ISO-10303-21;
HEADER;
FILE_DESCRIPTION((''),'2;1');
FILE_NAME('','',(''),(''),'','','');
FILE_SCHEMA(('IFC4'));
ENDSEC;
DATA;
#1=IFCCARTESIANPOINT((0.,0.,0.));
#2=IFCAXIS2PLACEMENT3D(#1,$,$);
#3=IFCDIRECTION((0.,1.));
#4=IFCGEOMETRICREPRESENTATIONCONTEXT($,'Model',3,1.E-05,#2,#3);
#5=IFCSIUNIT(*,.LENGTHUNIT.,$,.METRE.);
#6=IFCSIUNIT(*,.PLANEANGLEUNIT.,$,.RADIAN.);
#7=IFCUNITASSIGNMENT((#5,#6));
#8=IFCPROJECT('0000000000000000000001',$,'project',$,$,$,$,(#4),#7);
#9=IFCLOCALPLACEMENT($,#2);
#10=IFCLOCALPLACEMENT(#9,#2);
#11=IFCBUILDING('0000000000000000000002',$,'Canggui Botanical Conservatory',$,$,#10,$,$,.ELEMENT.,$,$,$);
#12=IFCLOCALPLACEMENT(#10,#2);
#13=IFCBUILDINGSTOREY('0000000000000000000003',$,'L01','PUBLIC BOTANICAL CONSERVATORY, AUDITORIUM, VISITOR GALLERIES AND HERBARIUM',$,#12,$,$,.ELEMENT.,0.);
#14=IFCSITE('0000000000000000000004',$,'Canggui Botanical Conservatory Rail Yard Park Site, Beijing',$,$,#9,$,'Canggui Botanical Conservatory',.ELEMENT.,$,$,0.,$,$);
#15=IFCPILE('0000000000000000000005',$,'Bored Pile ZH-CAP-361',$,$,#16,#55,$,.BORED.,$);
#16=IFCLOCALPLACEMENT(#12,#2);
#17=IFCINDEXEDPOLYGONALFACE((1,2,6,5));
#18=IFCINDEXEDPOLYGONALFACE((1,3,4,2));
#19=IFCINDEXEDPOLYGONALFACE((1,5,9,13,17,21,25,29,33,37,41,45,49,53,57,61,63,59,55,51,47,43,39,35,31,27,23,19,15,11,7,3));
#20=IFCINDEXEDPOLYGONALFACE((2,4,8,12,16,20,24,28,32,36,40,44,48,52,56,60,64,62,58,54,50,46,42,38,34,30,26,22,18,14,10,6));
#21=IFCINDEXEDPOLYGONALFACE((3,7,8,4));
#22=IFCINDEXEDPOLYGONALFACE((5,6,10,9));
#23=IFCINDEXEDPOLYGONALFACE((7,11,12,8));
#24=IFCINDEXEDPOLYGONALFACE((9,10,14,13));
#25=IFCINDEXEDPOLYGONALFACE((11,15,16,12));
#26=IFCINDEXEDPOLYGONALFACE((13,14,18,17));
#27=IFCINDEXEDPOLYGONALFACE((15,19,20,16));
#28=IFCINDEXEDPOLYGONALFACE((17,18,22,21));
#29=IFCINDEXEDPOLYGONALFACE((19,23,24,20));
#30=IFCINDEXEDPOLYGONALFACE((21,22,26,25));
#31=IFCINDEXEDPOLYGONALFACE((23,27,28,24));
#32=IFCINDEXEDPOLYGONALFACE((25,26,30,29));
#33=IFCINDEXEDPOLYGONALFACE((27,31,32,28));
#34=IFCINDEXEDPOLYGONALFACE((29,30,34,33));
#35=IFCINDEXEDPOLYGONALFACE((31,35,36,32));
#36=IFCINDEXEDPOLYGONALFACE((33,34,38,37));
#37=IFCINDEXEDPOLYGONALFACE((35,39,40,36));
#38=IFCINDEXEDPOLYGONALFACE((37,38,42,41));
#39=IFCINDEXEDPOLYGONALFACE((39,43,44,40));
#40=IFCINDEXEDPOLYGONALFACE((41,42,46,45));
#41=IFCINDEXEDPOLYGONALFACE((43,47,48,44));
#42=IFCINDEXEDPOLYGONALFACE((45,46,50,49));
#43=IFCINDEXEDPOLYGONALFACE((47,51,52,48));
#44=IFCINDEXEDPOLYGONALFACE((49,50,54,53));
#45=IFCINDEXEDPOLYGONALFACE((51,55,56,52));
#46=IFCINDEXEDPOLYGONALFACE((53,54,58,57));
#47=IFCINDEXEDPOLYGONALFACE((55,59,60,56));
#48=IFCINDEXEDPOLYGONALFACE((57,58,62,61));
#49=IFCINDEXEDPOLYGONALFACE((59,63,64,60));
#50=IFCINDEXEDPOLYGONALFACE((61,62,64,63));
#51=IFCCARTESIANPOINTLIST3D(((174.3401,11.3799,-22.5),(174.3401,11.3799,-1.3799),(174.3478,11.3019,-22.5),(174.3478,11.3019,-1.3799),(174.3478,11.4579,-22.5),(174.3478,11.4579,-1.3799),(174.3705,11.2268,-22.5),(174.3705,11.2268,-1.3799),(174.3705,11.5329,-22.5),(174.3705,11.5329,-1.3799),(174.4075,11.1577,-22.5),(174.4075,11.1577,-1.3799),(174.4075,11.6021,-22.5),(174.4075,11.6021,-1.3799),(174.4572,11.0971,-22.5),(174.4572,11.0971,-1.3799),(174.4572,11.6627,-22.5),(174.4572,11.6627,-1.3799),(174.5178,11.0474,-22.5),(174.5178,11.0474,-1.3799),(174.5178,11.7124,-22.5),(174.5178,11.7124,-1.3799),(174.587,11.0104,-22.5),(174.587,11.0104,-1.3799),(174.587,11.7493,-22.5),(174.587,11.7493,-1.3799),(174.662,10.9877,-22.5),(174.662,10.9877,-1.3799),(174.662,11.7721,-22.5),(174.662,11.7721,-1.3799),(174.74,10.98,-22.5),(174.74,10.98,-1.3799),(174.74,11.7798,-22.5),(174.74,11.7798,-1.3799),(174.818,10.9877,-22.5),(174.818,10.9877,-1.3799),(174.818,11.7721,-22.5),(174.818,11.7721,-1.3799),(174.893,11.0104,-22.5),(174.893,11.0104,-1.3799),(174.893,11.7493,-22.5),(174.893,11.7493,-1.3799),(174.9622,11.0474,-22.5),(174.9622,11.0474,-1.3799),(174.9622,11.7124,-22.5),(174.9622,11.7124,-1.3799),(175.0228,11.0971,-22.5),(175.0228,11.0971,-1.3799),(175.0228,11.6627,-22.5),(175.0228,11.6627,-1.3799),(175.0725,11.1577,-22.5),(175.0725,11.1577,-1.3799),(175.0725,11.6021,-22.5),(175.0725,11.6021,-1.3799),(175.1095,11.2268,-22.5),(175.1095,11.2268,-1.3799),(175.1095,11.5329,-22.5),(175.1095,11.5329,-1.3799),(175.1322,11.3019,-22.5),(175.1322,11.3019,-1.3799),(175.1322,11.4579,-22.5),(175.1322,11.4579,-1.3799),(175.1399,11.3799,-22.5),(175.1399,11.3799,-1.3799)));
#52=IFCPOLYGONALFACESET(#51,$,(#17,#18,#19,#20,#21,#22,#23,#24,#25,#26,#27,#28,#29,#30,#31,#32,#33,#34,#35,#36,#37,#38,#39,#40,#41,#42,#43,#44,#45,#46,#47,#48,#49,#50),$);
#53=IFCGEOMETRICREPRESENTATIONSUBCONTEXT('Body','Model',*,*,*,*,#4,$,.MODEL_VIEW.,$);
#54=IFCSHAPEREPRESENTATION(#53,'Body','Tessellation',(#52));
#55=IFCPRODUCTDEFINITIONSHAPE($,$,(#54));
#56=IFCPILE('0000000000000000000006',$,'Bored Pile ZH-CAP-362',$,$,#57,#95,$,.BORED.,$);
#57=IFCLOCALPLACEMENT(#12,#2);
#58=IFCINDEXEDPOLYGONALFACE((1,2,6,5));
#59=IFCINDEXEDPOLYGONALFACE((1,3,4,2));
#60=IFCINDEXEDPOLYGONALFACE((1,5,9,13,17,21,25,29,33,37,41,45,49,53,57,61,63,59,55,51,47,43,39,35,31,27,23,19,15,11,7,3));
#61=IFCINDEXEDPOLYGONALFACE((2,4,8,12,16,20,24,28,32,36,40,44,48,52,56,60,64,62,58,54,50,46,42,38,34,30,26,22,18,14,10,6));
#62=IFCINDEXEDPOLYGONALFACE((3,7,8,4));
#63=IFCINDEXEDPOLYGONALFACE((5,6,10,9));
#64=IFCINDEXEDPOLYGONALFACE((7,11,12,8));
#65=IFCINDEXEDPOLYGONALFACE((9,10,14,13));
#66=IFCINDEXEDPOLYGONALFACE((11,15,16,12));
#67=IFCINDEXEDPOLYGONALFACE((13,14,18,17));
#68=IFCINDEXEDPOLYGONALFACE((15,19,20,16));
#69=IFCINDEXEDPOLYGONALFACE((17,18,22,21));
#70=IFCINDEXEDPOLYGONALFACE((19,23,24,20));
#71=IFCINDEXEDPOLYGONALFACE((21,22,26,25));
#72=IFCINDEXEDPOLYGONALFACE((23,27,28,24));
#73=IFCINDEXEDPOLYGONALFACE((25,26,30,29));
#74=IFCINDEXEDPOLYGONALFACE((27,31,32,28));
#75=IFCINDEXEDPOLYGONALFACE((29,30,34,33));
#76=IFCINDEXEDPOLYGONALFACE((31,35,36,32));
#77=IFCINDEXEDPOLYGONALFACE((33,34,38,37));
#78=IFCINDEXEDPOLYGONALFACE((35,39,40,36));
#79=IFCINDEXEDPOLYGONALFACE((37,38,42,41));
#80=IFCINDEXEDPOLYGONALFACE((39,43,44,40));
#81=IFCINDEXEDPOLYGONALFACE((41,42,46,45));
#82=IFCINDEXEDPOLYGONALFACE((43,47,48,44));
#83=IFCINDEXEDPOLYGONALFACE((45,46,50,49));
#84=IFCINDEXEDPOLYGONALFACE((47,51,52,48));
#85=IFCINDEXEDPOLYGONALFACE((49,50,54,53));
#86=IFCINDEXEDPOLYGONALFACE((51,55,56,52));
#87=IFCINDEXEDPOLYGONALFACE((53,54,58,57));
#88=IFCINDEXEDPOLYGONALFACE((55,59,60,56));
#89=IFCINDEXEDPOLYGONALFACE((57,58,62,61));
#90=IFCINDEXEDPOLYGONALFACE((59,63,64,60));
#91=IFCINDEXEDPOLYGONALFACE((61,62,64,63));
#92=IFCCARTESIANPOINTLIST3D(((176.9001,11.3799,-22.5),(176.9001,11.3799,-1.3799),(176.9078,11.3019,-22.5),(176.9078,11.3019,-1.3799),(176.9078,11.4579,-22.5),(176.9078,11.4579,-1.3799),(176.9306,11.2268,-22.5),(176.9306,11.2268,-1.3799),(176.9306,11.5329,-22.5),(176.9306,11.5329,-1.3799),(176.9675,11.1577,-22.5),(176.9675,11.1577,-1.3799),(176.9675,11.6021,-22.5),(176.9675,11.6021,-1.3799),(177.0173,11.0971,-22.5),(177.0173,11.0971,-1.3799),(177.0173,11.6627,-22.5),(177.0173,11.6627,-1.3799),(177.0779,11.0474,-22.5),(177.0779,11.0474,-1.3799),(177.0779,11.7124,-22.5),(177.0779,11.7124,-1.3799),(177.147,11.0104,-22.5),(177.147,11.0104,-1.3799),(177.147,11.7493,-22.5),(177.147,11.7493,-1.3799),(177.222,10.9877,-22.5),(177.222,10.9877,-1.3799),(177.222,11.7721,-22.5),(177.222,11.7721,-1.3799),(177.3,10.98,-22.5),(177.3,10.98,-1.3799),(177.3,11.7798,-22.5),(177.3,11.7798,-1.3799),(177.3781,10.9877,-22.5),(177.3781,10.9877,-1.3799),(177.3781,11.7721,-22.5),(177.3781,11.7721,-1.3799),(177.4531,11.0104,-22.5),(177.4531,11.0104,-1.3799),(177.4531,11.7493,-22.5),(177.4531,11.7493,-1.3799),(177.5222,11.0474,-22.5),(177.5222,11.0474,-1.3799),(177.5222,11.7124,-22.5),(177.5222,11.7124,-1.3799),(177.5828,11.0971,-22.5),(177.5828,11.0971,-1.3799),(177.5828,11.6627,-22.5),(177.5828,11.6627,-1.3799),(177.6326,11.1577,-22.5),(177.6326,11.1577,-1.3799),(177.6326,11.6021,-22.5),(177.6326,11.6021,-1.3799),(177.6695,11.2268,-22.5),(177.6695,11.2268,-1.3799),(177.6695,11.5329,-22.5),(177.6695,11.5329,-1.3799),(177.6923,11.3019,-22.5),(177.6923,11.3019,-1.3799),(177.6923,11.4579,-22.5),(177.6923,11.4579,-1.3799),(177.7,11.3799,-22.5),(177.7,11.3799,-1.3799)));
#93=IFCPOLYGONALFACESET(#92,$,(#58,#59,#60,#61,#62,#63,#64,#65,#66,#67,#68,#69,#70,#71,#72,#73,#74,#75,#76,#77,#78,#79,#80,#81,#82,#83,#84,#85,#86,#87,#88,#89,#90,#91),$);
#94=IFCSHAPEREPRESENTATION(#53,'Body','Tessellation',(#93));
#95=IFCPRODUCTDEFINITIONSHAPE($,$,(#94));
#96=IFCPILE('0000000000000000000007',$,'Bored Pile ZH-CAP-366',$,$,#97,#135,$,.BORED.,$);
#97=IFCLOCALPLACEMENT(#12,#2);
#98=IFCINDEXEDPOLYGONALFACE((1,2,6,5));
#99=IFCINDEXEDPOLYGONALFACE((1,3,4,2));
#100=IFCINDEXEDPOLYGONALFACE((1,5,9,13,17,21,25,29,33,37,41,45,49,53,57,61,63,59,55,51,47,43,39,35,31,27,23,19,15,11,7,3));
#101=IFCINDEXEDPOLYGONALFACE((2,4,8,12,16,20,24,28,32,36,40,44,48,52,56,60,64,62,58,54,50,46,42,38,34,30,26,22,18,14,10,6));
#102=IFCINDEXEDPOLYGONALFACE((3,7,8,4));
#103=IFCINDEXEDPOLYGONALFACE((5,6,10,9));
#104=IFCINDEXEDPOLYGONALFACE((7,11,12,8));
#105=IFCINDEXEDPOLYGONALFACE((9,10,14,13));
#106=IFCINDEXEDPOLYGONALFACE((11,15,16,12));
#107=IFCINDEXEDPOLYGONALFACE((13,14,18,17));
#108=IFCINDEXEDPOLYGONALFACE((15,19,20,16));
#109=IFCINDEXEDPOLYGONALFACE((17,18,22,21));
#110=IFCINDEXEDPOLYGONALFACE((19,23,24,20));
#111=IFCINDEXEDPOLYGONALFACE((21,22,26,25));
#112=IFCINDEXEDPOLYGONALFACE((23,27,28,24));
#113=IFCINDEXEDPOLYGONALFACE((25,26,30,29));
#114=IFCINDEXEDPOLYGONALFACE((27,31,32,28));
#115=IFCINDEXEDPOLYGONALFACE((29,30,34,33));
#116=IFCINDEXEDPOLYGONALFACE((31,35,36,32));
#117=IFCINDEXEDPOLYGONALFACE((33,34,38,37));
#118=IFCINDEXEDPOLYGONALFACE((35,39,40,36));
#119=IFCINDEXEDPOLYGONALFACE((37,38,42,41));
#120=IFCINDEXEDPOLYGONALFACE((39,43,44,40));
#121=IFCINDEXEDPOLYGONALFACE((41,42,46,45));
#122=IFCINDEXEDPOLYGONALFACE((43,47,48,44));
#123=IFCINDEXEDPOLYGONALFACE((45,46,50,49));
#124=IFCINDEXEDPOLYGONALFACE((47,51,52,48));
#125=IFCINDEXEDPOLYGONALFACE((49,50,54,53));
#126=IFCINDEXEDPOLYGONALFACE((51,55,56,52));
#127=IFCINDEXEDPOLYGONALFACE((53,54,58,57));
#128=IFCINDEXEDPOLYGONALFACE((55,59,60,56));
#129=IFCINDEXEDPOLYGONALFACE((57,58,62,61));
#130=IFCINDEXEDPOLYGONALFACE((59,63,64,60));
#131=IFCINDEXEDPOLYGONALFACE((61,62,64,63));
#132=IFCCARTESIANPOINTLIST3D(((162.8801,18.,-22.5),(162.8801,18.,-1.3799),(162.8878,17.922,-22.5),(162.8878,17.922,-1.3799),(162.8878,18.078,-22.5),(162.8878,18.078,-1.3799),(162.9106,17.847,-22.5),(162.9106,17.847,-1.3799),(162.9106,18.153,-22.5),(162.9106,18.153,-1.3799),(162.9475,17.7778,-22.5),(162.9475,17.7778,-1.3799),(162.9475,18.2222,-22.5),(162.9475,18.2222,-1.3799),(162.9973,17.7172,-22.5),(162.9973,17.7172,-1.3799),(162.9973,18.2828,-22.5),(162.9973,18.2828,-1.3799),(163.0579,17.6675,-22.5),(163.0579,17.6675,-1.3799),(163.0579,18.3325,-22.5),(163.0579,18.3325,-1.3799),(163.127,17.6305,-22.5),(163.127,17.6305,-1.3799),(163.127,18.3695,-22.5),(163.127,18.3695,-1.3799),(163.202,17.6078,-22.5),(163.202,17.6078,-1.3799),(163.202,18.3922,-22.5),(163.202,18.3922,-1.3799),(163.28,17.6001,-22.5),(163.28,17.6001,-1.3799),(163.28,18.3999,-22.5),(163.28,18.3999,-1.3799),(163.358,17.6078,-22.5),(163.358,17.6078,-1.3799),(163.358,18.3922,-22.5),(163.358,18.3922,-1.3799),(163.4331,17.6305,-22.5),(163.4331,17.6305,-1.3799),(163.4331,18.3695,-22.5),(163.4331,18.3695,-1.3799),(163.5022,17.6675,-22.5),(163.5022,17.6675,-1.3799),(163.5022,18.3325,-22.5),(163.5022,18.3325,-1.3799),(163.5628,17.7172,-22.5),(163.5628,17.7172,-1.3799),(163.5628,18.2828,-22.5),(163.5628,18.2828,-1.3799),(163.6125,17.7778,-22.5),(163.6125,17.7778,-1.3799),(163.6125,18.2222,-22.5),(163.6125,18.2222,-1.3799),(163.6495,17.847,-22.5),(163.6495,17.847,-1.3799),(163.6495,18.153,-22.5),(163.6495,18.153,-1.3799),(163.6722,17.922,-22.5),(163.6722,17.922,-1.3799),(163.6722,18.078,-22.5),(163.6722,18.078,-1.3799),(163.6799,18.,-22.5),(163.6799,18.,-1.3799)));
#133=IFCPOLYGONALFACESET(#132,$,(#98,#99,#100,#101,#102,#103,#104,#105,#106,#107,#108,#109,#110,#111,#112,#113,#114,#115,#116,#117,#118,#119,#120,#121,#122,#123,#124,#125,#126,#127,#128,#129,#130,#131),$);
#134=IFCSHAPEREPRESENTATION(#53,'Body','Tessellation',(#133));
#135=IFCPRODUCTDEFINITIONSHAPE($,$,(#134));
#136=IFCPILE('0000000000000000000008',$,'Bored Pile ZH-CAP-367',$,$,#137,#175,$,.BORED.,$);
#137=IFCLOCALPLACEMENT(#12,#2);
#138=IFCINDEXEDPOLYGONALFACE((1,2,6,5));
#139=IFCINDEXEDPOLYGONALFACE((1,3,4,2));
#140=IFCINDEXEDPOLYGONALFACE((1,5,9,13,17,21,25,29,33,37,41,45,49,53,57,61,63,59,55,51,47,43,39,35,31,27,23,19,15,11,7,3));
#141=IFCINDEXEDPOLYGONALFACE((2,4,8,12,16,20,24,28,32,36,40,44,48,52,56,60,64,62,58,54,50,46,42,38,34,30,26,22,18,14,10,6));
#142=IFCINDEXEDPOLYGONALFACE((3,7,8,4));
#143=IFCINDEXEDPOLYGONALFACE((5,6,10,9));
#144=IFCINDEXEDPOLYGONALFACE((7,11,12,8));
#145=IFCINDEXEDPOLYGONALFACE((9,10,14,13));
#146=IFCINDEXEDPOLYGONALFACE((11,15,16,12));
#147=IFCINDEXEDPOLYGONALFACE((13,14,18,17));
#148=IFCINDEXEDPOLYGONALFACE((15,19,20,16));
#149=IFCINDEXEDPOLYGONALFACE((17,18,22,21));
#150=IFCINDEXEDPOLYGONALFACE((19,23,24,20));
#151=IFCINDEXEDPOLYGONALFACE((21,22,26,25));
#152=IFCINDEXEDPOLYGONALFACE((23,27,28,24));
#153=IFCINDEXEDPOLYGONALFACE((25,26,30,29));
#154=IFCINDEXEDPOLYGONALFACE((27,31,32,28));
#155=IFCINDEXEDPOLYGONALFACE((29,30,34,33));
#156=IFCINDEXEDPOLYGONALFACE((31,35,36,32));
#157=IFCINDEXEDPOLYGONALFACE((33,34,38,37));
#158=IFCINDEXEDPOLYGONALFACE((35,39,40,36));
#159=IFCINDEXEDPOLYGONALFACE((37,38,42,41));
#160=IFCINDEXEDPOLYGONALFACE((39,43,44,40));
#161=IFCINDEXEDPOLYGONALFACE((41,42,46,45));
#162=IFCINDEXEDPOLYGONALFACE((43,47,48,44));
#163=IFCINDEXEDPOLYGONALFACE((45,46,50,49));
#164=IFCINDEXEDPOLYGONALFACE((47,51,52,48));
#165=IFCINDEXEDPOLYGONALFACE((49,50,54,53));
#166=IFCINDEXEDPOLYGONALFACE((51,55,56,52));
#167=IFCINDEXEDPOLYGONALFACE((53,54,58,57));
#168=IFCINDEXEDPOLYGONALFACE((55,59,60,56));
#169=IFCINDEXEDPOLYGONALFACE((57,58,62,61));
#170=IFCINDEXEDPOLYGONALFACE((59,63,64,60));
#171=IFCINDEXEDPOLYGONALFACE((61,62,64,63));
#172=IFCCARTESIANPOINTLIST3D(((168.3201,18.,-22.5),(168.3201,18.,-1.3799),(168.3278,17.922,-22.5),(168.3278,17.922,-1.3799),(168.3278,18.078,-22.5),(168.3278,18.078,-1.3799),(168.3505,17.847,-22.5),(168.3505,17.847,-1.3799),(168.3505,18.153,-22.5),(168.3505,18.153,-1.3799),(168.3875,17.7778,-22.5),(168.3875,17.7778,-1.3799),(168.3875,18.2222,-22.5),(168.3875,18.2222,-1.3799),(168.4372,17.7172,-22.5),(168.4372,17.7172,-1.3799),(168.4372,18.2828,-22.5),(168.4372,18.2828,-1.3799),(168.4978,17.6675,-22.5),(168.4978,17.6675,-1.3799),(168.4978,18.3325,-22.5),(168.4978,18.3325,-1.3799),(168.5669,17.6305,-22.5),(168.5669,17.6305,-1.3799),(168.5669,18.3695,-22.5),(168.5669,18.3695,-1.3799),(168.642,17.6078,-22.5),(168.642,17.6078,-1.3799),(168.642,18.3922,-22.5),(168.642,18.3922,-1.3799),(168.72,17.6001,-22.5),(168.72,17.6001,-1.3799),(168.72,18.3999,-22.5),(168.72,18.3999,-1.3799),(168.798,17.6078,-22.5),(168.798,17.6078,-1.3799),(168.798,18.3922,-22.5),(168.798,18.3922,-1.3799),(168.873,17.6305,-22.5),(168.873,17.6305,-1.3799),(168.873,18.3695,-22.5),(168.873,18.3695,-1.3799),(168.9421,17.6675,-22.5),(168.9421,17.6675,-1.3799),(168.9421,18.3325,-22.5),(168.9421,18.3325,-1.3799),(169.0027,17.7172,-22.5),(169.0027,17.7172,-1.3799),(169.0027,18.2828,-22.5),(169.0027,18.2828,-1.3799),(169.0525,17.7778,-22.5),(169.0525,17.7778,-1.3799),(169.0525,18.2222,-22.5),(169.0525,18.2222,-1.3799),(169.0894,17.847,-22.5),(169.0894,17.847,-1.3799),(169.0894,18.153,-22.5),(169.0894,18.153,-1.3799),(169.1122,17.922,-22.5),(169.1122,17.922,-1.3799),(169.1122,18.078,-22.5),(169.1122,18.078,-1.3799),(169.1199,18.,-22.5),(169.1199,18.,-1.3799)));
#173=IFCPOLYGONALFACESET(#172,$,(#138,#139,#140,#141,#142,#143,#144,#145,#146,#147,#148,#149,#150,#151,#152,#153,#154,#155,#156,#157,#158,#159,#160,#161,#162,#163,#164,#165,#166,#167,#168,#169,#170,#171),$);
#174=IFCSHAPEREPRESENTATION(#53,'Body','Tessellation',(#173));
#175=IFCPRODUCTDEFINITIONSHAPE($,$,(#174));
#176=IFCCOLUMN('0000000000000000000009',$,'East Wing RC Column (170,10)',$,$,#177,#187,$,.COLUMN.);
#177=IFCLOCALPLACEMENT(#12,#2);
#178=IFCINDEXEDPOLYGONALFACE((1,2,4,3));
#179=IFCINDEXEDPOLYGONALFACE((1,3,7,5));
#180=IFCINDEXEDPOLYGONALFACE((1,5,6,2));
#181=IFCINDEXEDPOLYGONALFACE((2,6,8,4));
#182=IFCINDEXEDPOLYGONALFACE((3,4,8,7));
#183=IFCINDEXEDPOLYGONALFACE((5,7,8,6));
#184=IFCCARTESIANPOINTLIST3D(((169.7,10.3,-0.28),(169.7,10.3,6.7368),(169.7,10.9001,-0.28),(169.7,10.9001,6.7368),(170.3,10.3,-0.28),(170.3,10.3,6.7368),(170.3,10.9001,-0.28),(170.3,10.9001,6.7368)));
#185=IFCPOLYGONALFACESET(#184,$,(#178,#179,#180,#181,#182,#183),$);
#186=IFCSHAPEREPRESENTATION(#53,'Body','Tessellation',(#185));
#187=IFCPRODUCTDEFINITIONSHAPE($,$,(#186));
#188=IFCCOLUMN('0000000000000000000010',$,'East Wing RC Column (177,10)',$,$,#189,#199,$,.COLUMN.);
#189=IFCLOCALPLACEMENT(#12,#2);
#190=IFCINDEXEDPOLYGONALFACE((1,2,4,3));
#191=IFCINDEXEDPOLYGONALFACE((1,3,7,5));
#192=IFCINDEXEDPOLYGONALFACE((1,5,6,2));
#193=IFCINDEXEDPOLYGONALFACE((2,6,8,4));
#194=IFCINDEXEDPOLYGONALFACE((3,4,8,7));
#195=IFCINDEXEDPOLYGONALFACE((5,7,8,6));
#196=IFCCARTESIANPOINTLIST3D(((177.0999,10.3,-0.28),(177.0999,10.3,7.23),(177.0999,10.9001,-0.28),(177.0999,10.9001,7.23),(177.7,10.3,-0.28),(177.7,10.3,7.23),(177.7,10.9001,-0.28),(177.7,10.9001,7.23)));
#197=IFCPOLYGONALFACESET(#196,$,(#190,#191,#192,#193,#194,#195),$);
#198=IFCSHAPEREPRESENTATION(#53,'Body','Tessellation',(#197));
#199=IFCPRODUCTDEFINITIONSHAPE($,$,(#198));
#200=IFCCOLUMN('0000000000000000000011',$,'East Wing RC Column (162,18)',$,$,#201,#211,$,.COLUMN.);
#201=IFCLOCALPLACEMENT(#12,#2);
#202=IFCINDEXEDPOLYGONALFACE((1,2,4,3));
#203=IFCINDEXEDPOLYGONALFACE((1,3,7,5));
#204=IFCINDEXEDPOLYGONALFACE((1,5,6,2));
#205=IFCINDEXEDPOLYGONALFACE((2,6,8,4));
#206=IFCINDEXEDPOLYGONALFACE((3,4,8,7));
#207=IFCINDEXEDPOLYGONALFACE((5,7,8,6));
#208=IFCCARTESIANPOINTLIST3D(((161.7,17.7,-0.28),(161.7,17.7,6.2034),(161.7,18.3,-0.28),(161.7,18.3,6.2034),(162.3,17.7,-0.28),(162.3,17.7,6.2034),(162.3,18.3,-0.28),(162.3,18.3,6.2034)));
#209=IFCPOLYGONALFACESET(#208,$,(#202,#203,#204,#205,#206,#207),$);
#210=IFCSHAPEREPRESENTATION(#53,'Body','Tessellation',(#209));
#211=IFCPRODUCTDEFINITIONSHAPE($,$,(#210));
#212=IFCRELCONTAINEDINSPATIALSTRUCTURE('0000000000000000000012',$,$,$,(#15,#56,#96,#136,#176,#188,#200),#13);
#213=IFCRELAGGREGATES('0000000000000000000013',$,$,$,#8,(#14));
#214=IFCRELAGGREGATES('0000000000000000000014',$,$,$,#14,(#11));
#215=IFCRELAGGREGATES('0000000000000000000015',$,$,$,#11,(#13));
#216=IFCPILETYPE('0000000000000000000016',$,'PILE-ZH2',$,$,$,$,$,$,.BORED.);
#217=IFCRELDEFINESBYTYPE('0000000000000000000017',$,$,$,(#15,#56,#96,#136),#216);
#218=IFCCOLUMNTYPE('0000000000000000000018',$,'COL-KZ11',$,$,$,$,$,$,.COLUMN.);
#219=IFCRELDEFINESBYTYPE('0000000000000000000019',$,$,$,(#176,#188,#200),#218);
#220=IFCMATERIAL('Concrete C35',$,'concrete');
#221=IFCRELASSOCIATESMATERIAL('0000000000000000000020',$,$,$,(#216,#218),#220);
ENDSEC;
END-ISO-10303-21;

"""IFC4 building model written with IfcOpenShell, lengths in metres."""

from ifc_helpers import new_model, si_unit, direction, frame, origin, origin_2d, place, context, subcontext, project, spatial, rectangle, circle, extrude, material, material_profile, profile_set, type_object, element, save


model = new_model("IFC4")

# Units and contexts
model_context = context("Model", 3, precision=1e-05, world=origin(), true_north=direction((0.0, 1.0)))
body_context = subcontext(model_context, "Body", "Model", "MODEL_VIEW")
ifc_project = project(units=[si_unit("LENGTHUNIT", "METRE"), si_unit("PLANEANGLEUNIT", "RADIAN")], contexts=[model_context])

# Site, building, storey
site_placement = place(None, origin())
site = spatial("IfcSite", under=ifc_project, at=site_placement, Name="Canggui Botanical Conservatory Rail Yard Park Site, Beijing", LongName="Canggui Botanical Conservatory", CompositionType="ELEMENT", RefElevation=0.0)
building_placement = place(site_placement, origin())
building = spatial("IfcBuilding", under=site, at=building_placement, Name="Canggui Botanical Conservatory", CompositionType="ELEMENT")
storey_placement = place(building_placement, origin())
storey = spatial("IfcBuildingStorey", under=building, at=storey_placement, Name="L01", Description="PUBLIC BOTANICAL CONSERVATORY, AUDITORIUM, VISITOR GALLERIES AND HERBARIUM", CompositionType="ELEMENT", Elevation=0.0)

# Shared definitions
ifc_material_1 = material(Name="Concrete C35", Category="concrete")

# Piles
ifc_material_profile_1 = material_profile(ifc_material_1, circle(Radius=0.3999, at=origin_2d()), Name="PILE D800")
ifc_profile_set_1 = profile_set([ifc_material_profile_1], Name="Concrete C35")
pile_type = type_object("IfcPileType", Name="PILE-ZH2", PredefinedType="BORED", material=ifc_profile_set_1)
for number, where, z_axis, x_axis, name in (
    (1, (174.74, 11.3799, -1.3799), (0.0, 0.0, -1.0), (1.0, 0.0, 0.0), "Bored Pile ZH-CAP-361"),
    (2, (177.3, 11.3799, -1.3799), (0.0, 0.0, -1.0), (1.0, 0.0, 0.0), "Bored Pile ZH-CAP-362"),
    (3, (163.28, 18.0, -1.3799), (0.0, 0.0, -1.0), (1.0, 0.0, 0.0), "Bored Pile ZH-CAP-366"),
    (4, (168.72, 18.0, -1.3799), (0.0, 0.0, -1.0), (1.0, 0.0, 0.0), "Bored Pile ZH-CAP-367"),
):
    element("IfcPile", number, at=place(storey_placement, frame(where, z_axis=z_axis, x_axis=x_axis)), inside=storey, type_object=pile_type, Name=name, PredefinedType="BORED", context=body_context, shape_type="SweptSolid", body=[
        extrude(circle(Radius=0.3999, at=origin_2d()), origin(), (0.0, 0.0, 1.0), 21.1201),
    ])

# Columns
ifc_material_profile_2 = material_profile(ifc_material_1, rectangle(XDim=0.6001, YDim=0.6001, at=origin_2d()), Name="RC 600x600")
ifc_profile_set_2 = profile_set([ifc_material_profile_2], Name="Concrete C35")
column_type = type_object("IfcColumnType", Name="COL-KZ11", PredefinedType="COLUMN", material=ifc_profile_set_2)
column_1_placement = place(storey_placement, frame((170.0, 10.6001, -0.28), z_axis=(0.0, 0.0, 1.0), x_axis=(1.0, 0.0, 0.0)))
element("IfcColumn", 5, at=column_1_placement, inside=storey, type_object=column_type, Name="East Wing RC Column (170,10)", PredefinedType="COLUMN", context=body_context, shape_type="SweptSolid", body=[
    extrude(rectangle(XDim=0.6001, YDim=0.6001, at=origin_2d()), origin(), (0.0, 0.0, 1.0), 7.0168),
])
column_2_placement = place(storey_placement, frame((177.3999, 10.6001, -0.28), z_axis=(0.0, 0.0, 1.0), x_axis=(1.0, 0.0, 0.0)))
element("IfcColumn", 6, at=column_2_placement, inside=storey, type_object=column_type, Name="East Wing RC Column (177,10)", PredefinedType="COLUMN", context=body_context, shape_type="SweptSolid", body=[
    extrude(rectangle(XDim=0.6001, YDim=0.6001, at=origin_2d()), origin(), (0.0, 0.0, 1.0), 7.51),
])
column_3_placement = place(storey_placement, frame((162.0, 18.0, -0.28), z_axis=(0.0, 0.0, 1.0), x_axis=(1.0, 0.0, 0.0)))
element("IfcColumn", 7, at=column_3_placement, inside=storey, type_object=column_type, Name="East Wing RC Column (162,18)", PredefinedType="COLUMN", context=body_context, shape_type="SweptSolid", body=[
    extrude(rectangle(XDim=0.6001, YDim=0.6001, at=origin_2d()), origin(), (0.0, 0.0, 1.0), 6.4834),
])

save(model, "model.ifc")
